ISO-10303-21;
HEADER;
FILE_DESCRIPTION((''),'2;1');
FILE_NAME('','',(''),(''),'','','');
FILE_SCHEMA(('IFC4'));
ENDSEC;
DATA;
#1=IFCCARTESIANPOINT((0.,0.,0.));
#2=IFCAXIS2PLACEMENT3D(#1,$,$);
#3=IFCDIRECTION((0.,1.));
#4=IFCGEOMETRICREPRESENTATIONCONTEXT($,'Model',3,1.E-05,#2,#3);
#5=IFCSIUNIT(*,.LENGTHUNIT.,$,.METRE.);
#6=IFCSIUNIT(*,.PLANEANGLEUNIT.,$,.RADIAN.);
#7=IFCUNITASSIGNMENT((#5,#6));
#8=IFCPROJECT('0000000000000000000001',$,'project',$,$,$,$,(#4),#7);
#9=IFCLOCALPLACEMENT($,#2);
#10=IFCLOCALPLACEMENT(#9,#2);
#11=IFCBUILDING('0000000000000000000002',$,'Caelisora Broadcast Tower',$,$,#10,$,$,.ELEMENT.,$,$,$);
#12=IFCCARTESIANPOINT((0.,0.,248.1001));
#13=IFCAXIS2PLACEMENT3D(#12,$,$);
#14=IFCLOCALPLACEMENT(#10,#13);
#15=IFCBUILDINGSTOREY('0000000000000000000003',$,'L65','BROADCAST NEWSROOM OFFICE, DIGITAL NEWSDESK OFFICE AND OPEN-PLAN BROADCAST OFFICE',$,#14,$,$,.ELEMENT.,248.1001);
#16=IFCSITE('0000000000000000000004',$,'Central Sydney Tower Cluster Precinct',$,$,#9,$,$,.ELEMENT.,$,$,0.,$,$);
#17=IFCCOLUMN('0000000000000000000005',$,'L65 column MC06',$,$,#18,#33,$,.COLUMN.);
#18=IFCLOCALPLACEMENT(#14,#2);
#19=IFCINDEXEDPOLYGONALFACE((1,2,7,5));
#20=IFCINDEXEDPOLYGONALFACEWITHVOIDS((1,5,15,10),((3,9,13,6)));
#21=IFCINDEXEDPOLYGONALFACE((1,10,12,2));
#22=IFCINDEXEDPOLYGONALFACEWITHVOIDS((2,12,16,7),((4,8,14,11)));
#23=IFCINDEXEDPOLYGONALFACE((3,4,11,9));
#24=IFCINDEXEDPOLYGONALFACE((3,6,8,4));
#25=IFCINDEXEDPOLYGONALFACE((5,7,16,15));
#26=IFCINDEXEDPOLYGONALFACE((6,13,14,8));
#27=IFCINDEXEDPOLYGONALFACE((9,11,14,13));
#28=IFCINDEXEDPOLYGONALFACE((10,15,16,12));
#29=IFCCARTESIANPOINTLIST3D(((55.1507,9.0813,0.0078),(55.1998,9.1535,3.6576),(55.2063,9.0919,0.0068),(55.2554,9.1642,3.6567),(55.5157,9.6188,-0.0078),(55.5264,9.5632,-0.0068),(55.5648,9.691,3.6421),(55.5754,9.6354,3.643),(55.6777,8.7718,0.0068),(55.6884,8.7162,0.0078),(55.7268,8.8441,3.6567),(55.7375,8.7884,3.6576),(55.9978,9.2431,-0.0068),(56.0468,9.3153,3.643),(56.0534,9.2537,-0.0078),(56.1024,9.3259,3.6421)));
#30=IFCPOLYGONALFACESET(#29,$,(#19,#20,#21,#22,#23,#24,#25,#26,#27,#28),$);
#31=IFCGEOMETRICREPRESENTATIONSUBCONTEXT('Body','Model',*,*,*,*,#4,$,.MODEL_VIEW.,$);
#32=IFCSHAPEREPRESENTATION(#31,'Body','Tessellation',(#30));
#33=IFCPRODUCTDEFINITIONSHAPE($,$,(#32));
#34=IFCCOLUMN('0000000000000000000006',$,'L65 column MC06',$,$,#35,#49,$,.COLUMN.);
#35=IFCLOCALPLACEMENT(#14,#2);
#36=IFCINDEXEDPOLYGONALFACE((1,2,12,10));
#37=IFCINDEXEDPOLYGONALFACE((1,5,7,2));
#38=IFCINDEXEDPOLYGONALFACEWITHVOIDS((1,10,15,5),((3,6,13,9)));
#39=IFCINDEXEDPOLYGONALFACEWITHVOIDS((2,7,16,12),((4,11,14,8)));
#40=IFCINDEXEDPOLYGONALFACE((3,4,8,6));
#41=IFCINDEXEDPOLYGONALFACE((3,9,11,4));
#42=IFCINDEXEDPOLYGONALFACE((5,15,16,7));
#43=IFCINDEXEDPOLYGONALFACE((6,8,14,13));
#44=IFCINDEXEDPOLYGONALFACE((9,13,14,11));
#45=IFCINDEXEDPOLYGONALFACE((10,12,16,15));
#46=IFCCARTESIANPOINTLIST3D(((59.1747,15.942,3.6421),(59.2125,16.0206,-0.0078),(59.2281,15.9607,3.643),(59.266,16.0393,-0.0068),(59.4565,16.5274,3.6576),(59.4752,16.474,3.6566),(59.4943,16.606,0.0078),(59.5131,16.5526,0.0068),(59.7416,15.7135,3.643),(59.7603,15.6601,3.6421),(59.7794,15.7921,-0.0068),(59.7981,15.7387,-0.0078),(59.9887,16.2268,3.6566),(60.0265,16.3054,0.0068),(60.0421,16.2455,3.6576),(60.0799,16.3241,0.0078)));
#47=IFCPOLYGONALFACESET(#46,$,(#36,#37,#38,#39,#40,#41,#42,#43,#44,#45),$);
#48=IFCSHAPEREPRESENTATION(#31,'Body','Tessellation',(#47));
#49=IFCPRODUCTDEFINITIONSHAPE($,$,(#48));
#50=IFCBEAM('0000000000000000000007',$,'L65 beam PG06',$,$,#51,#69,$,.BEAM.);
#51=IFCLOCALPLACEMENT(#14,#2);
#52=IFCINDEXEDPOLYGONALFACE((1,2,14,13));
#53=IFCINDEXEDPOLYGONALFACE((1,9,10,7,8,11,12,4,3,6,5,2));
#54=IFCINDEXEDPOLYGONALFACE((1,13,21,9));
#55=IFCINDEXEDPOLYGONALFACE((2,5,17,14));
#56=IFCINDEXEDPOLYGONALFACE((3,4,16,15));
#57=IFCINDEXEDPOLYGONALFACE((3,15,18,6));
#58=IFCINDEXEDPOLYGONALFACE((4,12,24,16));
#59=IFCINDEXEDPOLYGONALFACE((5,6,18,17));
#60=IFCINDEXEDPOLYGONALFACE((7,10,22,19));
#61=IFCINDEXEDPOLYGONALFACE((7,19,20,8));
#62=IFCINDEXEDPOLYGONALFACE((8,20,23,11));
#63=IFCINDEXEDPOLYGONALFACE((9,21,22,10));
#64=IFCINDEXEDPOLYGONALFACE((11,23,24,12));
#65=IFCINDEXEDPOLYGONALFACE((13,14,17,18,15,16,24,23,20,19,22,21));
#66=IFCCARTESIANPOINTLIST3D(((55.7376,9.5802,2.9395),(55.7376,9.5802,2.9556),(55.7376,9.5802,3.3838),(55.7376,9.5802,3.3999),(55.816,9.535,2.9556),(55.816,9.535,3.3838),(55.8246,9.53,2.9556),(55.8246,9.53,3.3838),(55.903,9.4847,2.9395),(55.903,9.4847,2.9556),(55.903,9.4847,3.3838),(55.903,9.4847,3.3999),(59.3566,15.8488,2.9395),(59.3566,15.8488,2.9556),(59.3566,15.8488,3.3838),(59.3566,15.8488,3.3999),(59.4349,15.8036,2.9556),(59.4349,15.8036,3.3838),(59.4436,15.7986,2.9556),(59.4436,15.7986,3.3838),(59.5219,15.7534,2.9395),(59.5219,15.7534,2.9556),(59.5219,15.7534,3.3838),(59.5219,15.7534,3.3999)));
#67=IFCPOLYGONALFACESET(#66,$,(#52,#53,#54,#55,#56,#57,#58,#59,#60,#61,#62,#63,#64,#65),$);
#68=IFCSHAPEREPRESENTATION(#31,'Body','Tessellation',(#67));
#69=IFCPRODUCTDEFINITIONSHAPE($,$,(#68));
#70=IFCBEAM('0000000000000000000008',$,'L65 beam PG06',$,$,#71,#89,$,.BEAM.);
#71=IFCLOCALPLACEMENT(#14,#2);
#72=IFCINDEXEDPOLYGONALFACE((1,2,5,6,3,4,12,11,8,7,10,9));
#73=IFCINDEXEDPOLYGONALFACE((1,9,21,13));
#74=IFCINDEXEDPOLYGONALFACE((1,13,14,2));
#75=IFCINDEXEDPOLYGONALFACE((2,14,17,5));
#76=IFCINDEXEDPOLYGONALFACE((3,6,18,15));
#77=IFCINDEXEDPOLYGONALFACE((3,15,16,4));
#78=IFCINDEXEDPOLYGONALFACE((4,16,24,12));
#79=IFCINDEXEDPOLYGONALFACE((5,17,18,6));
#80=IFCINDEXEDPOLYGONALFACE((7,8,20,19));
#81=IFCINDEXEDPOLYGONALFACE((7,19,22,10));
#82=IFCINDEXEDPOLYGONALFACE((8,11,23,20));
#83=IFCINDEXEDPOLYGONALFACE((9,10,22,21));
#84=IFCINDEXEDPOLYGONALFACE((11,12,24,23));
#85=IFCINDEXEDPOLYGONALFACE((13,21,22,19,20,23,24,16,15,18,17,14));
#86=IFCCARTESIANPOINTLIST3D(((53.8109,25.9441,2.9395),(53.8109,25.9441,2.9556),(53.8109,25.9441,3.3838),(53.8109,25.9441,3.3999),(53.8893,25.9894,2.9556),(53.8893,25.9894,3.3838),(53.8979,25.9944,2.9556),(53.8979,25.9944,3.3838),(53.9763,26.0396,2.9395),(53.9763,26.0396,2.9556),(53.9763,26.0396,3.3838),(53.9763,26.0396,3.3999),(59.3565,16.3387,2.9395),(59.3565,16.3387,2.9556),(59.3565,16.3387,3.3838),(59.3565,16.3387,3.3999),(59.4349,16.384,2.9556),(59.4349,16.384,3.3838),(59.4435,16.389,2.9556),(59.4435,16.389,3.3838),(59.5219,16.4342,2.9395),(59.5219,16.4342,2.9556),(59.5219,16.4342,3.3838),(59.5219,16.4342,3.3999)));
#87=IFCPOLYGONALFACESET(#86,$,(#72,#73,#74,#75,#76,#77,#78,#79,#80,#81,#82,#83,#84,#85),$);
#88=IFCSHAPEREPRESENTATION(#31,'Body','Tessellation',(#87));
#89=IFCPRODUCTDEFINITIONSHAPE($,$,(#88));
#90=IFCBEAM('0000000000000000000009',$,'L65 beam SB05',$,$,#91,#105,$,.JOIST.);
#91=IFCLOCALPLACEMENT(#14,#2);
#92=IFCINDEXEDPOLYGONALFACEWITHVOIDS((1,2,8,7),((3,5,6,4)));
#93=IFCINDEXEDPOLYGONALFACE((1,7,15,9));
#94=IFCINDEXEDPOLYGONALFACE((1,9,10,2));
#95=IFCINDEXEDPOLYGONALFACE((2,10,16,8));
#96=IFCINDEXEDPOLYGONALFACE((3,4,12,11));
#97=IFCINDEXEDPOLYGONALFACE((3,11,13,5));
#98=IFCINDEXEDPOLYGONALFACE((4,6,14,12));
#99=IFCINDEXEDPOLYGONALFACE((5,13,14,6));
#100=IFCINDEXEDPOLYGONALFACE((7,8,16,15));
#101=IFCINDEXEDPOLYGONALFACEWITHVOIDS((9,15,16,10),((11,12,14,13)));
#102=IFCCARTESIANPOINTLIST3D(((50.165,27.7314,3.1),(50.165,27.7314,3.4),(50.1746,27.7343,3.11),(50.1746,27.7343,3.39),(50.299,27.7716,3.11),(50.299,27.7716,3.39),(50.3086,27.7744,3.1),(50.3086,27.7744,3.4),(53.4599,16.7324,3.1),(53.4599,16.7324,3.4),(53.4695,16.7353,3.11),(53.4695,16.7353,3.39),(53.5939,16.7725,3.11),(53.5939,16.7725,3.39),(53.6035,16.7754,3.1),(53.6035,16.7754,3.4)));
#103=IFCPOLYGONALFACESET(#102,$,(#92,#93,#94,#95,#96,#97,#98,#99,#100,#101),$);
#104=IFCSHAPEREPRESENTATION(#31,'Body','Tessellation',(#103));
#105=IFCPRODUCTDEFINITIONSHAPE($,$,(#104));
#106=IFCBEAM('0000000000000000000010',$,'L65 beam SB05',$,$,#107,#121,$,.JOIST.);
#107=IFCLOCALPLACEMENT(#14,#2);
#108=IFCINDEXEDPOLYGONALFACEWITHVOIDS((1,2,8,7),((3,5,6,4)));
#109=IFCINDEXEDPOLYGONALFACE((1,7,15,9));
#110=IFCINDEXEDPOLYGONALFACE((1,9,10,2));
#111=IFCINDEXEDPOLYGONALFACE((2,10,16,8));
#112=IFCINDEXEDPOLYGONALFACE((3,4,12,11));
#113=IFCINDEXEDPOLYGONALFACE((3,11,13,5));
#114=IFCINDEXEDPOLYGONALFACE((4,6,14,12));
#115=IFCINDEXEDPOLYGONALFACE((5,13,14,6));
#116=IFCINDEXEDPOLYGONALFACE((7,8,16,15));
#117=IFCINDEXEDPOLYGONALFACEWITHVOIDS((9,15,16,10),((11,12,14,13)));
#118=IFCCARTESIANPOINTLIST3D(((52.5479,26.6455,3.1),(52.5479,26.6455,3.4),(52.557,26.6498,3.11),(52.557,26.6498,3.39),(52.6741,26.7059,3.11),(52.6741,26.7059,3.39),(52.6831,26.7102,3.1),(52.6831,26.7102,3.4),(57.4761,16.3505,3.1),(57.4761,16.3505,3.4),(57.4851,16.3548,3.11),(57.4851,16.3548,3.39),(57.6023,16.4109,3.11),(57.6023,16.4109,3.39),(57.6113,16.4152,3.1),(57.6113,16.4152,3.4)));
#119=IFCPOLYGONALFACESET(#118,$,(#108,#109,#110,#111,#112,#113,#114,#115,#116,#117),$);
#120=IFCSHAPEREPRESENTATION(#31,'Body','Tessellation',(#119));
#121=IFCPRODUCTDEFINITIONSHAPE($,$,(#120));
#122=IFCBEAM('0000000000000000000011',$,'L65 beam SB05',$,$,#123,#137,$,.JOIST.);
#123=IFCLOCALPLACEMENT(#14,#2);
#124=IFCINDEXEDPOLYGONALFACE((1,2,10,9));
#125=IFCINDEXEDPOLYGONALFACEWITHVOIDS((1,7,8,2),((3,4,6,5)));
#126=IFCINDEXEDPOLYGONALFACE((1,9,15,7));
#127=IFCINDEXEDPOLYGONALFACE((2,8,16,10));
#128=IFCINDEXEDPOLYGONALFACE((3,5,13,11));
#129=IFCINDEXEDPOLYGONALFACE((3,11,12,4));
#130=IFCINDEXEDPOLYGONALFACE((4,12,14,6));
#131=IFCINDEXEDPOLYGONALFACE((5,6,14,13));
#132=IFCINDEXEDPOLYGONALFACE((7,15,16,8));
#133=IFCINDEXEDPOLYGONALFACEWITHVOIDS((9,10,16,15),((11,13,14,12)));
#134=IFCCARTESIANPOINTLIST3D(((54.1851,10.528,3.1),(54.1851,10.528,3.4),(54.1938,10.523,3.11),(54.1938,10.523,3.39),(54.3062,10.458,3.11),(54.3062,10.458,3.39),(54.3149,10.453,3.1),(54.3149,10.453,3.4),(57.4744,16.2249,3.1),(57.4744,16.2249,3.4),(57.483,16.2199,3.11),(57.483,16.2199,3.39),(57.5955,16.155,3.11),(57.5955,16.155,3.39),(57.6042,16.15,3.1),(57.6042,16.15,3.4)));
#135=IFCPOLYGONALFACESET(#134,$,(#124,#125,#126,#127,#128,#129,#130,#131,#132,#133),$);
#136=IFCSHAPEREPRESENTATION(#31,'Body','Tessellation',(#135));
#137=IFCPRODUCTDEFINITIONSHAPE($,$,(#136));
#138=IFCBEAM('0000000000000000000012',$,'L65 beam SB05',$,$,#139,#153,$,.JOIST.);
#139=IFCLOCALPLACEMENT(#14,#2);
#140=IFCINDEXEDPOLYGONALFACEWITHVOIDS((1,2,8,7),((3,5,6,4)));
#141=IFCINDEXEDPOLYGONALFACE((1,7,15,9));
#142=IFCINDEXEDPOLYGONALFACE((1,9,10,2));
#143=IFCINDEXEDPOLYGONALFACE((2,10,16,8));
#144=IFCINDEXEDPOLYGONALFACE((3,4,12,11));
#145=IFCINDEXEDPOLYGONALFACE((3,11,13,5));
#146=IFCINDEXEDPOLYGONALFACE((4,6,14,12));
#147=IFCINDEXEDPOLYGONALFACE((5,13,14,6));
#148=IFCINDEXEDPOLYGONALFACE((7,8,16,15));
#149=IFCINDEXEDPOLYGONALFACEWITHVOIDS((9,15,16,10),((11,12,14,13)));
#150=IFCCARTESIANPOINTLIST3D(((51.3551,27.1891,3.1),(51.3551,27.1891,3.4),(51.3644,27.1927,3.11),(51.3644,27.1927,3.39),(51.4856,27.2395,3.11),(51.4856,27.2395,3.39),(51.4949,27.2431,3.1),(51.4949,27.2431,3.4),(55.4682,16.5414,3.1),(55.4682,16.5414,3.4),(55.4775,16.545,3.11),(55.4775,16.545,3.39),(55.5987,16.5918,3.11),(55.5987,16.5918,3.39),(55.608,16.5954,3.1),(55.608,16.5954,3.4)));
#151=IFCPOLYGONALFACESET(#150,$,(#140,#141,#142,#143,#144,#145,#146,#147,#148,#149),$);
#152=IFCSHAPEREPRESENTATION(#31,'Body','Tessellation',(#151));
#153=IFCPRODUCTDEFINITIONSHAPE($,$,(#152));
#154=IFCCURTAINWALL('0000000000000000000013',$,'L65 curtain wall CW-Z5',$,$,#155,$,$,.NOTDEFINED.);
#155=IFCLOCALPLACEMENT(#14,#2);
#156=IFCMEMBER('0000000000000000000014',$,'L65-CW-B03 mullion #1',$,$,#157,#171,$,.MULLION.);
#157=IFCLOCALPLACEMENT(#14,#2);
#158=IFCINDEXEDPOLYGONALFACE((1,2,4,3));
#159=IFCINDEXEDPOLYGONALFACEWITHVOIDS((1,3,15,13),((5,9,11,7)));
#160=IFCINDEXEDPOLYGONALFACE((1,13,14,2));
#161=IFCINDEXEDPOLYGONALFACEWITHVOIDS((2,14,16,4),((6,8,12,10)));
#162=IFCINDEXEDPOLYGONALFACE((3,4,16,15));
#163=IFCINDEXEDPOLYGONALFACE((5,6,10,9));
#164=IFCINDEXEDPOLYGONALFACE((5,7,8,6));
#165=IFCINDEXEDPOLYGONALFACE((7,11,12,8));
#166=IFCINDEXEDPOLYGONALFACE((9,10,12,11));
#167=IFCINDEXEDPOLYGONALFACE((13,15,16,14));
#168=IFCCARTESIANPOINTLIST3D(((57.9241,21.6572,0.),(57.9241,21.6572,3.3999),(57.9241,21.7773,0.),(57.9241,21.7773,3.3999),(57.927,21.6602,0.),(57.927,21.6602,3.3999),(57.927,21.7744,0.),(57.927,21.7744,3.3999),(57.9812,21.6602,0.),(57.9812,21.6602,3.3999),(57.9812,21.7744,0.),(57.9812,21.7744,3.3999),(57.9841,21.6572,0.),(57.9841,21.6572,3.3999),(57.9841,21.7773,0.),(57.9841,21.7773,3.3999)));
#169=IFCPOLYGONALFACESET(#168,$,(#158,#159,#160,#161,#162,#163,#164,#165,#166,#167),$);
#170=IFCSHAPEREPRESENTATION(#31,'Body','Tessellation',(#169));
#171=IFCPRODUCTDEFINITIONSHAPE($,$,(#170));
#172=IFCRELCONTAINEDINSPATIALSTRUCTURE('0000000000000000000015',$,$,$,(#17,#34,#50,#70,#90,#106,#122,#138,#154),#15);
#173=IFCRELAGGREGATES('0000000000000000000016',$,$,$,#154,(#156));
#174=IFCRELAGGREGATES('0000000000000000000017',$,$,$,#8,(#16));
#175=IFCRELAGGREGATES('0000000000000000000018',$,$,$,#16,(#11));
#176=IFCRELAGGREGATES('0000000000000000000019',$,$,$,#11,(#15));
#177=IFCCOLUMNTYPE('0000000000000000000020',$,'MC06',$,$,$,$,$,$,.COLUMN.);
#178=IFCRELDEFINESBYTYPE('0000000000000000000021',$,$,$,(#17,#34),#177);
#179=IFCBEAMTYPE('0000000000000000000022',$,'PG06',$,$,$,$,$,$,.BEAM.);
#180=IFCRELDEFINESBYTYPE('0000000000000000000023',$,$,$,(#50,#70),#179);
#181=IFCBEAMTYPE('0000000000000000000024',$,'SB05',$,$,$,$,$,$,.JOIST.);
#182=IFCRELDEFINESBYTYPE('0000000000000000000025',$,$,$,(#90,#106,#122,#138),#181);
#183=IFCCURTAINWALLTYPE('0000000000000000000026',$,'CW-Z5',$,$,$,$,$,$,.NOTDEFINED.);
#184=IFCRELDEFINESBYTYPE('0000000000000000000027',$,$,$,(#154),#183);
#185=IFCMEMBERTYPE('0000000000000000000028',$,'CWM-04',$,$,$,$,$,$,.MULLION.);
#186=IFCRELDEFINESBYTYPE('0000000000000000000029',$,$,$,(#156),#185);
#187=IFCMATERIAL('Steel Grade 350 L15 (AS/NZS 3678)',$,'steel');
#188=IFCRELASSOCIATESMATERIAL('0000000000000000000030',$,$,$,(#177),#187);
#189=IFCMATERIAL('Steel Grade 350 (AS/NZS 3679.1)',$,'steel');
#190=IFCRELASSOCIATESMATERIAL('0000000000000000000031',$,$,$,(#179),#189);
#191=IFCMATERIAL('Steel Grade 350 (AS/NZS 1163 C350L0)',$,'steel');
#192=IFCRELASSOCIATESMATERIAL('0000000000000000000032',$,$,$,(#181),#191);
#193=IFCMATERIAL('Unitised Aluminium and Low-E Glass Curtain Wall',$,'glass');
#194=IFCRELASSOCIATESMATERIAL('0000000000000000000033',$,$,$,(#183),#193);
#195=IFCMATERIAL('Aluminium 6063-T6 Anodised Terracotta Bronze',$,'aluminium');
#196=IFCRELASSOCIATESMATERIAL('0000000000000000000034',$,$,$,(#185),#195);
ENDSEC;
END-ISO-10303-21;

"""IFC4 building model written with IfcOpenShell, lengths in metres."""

from ifc_helpers import new_model, si_unit, direction, frame, origin, origin_2d, place, context, subcontext, project, spatial, hollow_rectangle, i_section, extrude, source, transform, mapped, material, material_profile, profile_set, type_object, type_shapes, element, aggregate, save


model = new_model("IFC4")

# Units and contexts
model_context = context("Model", 3, precision=1e-05, world=origin(), true_north=direction((0.0, 1.0)))
body_context = subcontext(model_context, "Body", "Model", "MODEL_VIEW")
ifc_project = project(units=[si_unit("LENGTHUNIT", "METRE"), si_unit("PLANEANGLEUNIT", "RADIAN")], contexts=[model_context])

# Site, building, storey
site_placement = place(None, origin())
site = spatial("IfcSite", under=ifc_project, at=site_placement, Name="Central Sydney Tower Cluster Precinct", CompositionType="ELEMENT", RefElevation=0.0)
building_placement = place(site_placement, origin())
building = spatial("IfcBuilding", under=site, at=building_placement, Name="Caelisora Broadcast Tower", CompositionType="ELEMENT")
storey_placement = place(building_placement, frame((0.0, 0.0, 248.1001)))
storey = spatial("IfcBuildingStorey", under=building, at=storey_placement, Name="L65", Description="BROADCAST NEWSROOM OFFICE, DIGITAL NEWSDESK OFFICE AND OPEN-PLAN BROADCAST OFFICE", CompositionType="ELEMENT", Elevation=248.1001)

# Columns
ifc_material_1 = material(Name="Steel Grade 350 L15 (AS/NZS 3678)", Category="steel")
ifc_material_profile_1 = material_profile(ifc_material_1, hollow_rectangle(XDim=0.6499, YDim=0.6499, WallThickness=0.04, at=origin_2d()), Name="Steel Grade 350 L15 (AS/NZS 3678)")
ifc_profile_set_1 = profile_set([ifc_material_profile_1], Name="Steel Grade 350 L15 (AS/NZS 3678)")
column_type = type_object("IfcColumnType", Name="MC06", PredefinedType="COLUMN", material=ifc_profile_set_1)
shared_shape_1 = source(origin(), body_context, "Body", "SweptSolid", [
    extrude(hollow_rectangle(XDim=0.6499, YDim=0.6499, WallThickness=0.04, at=origin_2d()), origin(), (0.0, 0.0, 1.0), 3.6509),
])
type_shapes(column_type, [shared_shape_1])
for number, where, z_axis, x_axis, name in (
    (1, (55.6021, 9.1675, 0.0), (0.013441, 0.019794, 0.999714), (-0.82729, 0.561775, 0.0), "L65 column MC06"),
    (2, (59.6462, 16.1724, 0.0), (-0.010365, -0.021532, 0.999714), (0.901042, -0.433731, 0.0), "L65 column MC06"),
):
    element("IfcColumn", number, at=place(storey_placement, frame(where, z_axis=z_axis, x_axis=x_axis)), inside=storey, type_object=column_type, Name=name, PredefinedType="COLUMN", context=body_context, shape_type="MappedRepresentation", body=[
        mapped(shared_shape_1, transform((0.0, 0.0, 0.0), scale=1.0)),
    ])

# Beams
ifc_material_2 = material(Name="Steel Grade 350 (AS/NZS 3679.1)", Category="steel")
ifc_material_profile_2 = material_profile(ifc_material_2, i_section(OverallWidth=0.1909, OverallDepth=0.4604, WebThickness=0.01, FlangeThickness=0.0161, at=origin_2d()), Name="Steel Grade 350 (AS/NZS 3679.1)")
ifc_profile_set_2 = profile_set([ifc_material_profile_2], Name="Steel Grade 350 (AS/NZS 3679.1)")
beam_type_1 = type_object("IfcBeamType", Name="PG06", PredefinedType="BEAM", material=ifc_profile_set_2)
shared_shape_2 = source(origin(), body_context, "Body", "SweptSolid", [
    extrude(i_section(OverallWidth=0.1909, OverallDepth=0.4604, WebThickness=0.01, FlangeThickness=0.0161, at=origin_2d()), origin(), (0.0, 0.0, 1.0), 7.2383),
])
beam_1_placement = place(storey_placement, frame((55.8203, 9.5325, 3.1697), z_axis=(0.499974, 0.866041, 0.0), x_axis=(-0.866041, 0.499974, 0.0)))
element("IfcBeam", 3, at=beam_1_placement, inside=storey, type_object=beam_type_1, Name="L65 beam PG06", PredefinedType="BEAM", context=body_context, shape_type="MappedRepresentation", body=[
    mapped(shared_shape_2, transform((0.0, 0.0, 0.0), scale=1.0)),
])
shared_shape_3 = source(origin(), body_context, "Body", "SweptSolid", [
    extrude(i_section(OverallWidth=0.1909, OverallDepth=0.4604, WebThickness=0.01, FlangeThickness=0.0161, at=origin_2d()), origin(), (0.0, 0.0, 1.0), 11.0913),
])
type_shapes(beam_type_1, [shared_shape_2, shared_shape_3])
beam_2_placement = place(storey_placement, frame((59.4392, 16.3865, 3.1697), z_axis=(-0.499996, 0.866028, 0.0), x_axis=(-0.866028, -0.499996, 0.0)))
element("IfcBeam", 4, at=beam_2_placement, inside=storey, type_object=beam_type_1, Name="L65 beam PG06", PredefinedType="BEAM", context=body_context, shape_type="MappedRepresentation", body=[
    mapped(shared_shape_3, transform((0.0, 0.0, 0.0), scale=1.0)),
])
ifc_material_3 = material(Name="Steel Grade 350 (AS/NZS 1163 C350L0)", Category="steel")
ifc_material_profile_3 = material_profile(ifc_material_3, hollow_rectangle(XDim=0.1499, YDim=0.3, WallThickness=0.01, at=origin_2d()), Name="Steel Grade 350 (AS/NZS 1163 C350L0)")
ifc_profile_set_3 = profile_set([ifc_material_profile_3], Name="Steel Grade 350 (AS/NZS 1163 C350L0)")
beam_type_2 = type_object("IfcBeamType", Name="SB05", PredefinedType="JOIST", material=ifc_profile_set_3)
shared_shape_4 = source(origin(), body_context, "Body", "SweptSolid", [
    extrude(hollow_rectangle(XDim=0.1499, YDim=0.3, WallThickness=0.01, at=origin_2d()), origin(), (0.0, 0.0, 1.0), 11.4819),
])
beam_3_placement = place(storey_placement, frame((53.5317, 16.7539, 3.25), z_axis=(-0.286966, 0.957941, 0.0), x_axis=(-0.957941, -0.286966, 0.0)))
element("IfcBeam", 5, at=beam_3_placement, inside=storey, type_object=beam_type_2, Name="L65 beam SB05", PredefinedType="JOIST", context=body_context, shape_type="MappedRepresentation", body=[
    mapped(shared_shape_4, transform((0.0, 0.0, 0.0), scale=1.0)),
])
shared_shape_5 = source(origin(), body_context, "Body", "SweptSolid", [
    extrude(hollow_rectangle(XDim=0.1499, YDim=0.3, WallThickness=0.01, at=origin_2d()), origin(), (0.0, 0.0, 1.0), 11.4138),
])
beam_4_placement = place(storey_placement, frame((57.5437, 16.3828, 3.25), z_axis=(-0.431773, 0.901982, 0.0), x_axis=(-0.901982, -0.431773, 0.0)))
element("IfcBeam", 6, at=beam_4_placement, inside=storey, type_object=beam_type_2, Name="L65 beam SB05", PredefinedType="JOIST", context=body_context, shape_type="MappedRepresentation", body=[
    mapped(shared_shape_5, transform((0.0, 0.0, 0.0), scale=1.0)),
])
shared_shape_6 = source(origin(), body_context, "Body", "SweptSolid", [
    extrude(hollow_rectangle(XDim=0.1499, YDim=0.3, WallThickness=0.01, at=origin_2d()), origin(), (0.0, 0.0, 1.0), 6.5784),
])
beam_5_placement = place(storey_placement, frame((54.25, 10.4905, 3.25), z_axis=(0.500015, 0.866017, 0.0), x_axis=(-0.866017, 0.500015, 0.0)))
element("IfcBeam", 7, at=beam_5_placement, inside=storey, type_object=beam_type_2, Name="L65 beam SB05", PredefinedType="JOIST", context=body_context, shape_type="MappedRepresentation", body=[
    mapped(shared_shape_6, transform((0.0, 0.0, 0.0), scale=1.0)),
])
shared_shape_7 = source(origin(), body_context, "Body", "SweptSolid", [
    extrude(hollow_rectangle(XDim=0.1499, YDim=0.3, WallThickness=0.01, at=origin_2d()), origin(), (0.0, 0.0, 1.0), 11.4146),
])
type_shapes(beam_type_2, [shared_shape_4, shared_shape_5, shared_shape_6, shared_shape_7])
beam_6_placement = place(storey_placement, frame((55.5381, 16.5684, 3.25), z_axis=(-0.360335, 0.932823, 0.0), x_axis=(-0.932823, -0.360335, 0.0)))
element("IfcBeam", 8, at=beam_6_placement, inside=storey, type_object=beam_type_2, Name="L65 beam SB05", PredefinedType="JOIST", context=body_context, shape_type="MappedRepresentation", body=[
    mapped(shared_shape_7, transform((0.0, 0.0, 0.0), scale=1.0)),
])

# Curtain wall, member
ifc_material_4 = material(Name="Unitised Aluminium and Low-E Glass Curtain Wall", Category="glass")
curtain_wall_type = type_object("IfcCurtainWallType", Name="CW-Z5", PredefinedType="NOTDEFINED", material=ifc_material_4)
curtain_wall_1_placement = place(storey_placement, origin())
curtain_wall_1 = element("IfcCurtainWall", 9, at=curtain_wall_1_placement, inside=storey, type_object=curtain_wall_type, Name="L65 curtain wall CW-Z5", PredefinedType="NOTDEFINED")
ifc_material_5 = material(Name="Aluminium 6063-T6 Anodised Terracotta Bronze", Category="aluminium")
ifc_material_profile_4 = material_profile(ifc_material_5, hollow_rectangle(XDim=0.0601, YDim=0.1201, WallThickness=0.0029, at=origin_2d()), Name="Aluminium 6063-T6 Anodised Terracotta Bronze")
ifc_profile_set_4 = profile_set([ifc_material_profile_4], Name="Aluminium 6063-T6 Anodised Terracotta Bronze")
member_type_1 = type_object("IfcMemberType", Name="CWM-04", PredefinedType="MULLION", material=ifc_profile_set_4)
shared_shape_8 = source(origin(), body_context, "Body", "SweptSolid", [
    extrude(hollow_rectangle(XDim=0.0601, YDim=0.1201, WallThickness=0.0029, at=origin_2d()), origin(), (0.0, 0.0, 1.0), 3.3999),
])
type_shapes(member_type_1, [shared_shape_8])
member_1_placement = place(storey_placement, frame((57.9541, 21.7173, 0.0), z_axis=(0.0, 0.0, 1.0), x_axis=(1.0, 0.0, 0.0)))
member_1 = element("IfcMember", 10, at=member_1_placement, type_object=member_type_1, Name="L65-CW-B03 mullion #1", PredefinedType="MULLION", context=body_context, shape_type="MappedRepresentation", body=[
    mapped(shared_shape_8, transform((0.0, 0.0, 0.0), scale=1.0)),
])

aggregate(curtain_wall_1, [member_1])

save(model, "model.ifc")
